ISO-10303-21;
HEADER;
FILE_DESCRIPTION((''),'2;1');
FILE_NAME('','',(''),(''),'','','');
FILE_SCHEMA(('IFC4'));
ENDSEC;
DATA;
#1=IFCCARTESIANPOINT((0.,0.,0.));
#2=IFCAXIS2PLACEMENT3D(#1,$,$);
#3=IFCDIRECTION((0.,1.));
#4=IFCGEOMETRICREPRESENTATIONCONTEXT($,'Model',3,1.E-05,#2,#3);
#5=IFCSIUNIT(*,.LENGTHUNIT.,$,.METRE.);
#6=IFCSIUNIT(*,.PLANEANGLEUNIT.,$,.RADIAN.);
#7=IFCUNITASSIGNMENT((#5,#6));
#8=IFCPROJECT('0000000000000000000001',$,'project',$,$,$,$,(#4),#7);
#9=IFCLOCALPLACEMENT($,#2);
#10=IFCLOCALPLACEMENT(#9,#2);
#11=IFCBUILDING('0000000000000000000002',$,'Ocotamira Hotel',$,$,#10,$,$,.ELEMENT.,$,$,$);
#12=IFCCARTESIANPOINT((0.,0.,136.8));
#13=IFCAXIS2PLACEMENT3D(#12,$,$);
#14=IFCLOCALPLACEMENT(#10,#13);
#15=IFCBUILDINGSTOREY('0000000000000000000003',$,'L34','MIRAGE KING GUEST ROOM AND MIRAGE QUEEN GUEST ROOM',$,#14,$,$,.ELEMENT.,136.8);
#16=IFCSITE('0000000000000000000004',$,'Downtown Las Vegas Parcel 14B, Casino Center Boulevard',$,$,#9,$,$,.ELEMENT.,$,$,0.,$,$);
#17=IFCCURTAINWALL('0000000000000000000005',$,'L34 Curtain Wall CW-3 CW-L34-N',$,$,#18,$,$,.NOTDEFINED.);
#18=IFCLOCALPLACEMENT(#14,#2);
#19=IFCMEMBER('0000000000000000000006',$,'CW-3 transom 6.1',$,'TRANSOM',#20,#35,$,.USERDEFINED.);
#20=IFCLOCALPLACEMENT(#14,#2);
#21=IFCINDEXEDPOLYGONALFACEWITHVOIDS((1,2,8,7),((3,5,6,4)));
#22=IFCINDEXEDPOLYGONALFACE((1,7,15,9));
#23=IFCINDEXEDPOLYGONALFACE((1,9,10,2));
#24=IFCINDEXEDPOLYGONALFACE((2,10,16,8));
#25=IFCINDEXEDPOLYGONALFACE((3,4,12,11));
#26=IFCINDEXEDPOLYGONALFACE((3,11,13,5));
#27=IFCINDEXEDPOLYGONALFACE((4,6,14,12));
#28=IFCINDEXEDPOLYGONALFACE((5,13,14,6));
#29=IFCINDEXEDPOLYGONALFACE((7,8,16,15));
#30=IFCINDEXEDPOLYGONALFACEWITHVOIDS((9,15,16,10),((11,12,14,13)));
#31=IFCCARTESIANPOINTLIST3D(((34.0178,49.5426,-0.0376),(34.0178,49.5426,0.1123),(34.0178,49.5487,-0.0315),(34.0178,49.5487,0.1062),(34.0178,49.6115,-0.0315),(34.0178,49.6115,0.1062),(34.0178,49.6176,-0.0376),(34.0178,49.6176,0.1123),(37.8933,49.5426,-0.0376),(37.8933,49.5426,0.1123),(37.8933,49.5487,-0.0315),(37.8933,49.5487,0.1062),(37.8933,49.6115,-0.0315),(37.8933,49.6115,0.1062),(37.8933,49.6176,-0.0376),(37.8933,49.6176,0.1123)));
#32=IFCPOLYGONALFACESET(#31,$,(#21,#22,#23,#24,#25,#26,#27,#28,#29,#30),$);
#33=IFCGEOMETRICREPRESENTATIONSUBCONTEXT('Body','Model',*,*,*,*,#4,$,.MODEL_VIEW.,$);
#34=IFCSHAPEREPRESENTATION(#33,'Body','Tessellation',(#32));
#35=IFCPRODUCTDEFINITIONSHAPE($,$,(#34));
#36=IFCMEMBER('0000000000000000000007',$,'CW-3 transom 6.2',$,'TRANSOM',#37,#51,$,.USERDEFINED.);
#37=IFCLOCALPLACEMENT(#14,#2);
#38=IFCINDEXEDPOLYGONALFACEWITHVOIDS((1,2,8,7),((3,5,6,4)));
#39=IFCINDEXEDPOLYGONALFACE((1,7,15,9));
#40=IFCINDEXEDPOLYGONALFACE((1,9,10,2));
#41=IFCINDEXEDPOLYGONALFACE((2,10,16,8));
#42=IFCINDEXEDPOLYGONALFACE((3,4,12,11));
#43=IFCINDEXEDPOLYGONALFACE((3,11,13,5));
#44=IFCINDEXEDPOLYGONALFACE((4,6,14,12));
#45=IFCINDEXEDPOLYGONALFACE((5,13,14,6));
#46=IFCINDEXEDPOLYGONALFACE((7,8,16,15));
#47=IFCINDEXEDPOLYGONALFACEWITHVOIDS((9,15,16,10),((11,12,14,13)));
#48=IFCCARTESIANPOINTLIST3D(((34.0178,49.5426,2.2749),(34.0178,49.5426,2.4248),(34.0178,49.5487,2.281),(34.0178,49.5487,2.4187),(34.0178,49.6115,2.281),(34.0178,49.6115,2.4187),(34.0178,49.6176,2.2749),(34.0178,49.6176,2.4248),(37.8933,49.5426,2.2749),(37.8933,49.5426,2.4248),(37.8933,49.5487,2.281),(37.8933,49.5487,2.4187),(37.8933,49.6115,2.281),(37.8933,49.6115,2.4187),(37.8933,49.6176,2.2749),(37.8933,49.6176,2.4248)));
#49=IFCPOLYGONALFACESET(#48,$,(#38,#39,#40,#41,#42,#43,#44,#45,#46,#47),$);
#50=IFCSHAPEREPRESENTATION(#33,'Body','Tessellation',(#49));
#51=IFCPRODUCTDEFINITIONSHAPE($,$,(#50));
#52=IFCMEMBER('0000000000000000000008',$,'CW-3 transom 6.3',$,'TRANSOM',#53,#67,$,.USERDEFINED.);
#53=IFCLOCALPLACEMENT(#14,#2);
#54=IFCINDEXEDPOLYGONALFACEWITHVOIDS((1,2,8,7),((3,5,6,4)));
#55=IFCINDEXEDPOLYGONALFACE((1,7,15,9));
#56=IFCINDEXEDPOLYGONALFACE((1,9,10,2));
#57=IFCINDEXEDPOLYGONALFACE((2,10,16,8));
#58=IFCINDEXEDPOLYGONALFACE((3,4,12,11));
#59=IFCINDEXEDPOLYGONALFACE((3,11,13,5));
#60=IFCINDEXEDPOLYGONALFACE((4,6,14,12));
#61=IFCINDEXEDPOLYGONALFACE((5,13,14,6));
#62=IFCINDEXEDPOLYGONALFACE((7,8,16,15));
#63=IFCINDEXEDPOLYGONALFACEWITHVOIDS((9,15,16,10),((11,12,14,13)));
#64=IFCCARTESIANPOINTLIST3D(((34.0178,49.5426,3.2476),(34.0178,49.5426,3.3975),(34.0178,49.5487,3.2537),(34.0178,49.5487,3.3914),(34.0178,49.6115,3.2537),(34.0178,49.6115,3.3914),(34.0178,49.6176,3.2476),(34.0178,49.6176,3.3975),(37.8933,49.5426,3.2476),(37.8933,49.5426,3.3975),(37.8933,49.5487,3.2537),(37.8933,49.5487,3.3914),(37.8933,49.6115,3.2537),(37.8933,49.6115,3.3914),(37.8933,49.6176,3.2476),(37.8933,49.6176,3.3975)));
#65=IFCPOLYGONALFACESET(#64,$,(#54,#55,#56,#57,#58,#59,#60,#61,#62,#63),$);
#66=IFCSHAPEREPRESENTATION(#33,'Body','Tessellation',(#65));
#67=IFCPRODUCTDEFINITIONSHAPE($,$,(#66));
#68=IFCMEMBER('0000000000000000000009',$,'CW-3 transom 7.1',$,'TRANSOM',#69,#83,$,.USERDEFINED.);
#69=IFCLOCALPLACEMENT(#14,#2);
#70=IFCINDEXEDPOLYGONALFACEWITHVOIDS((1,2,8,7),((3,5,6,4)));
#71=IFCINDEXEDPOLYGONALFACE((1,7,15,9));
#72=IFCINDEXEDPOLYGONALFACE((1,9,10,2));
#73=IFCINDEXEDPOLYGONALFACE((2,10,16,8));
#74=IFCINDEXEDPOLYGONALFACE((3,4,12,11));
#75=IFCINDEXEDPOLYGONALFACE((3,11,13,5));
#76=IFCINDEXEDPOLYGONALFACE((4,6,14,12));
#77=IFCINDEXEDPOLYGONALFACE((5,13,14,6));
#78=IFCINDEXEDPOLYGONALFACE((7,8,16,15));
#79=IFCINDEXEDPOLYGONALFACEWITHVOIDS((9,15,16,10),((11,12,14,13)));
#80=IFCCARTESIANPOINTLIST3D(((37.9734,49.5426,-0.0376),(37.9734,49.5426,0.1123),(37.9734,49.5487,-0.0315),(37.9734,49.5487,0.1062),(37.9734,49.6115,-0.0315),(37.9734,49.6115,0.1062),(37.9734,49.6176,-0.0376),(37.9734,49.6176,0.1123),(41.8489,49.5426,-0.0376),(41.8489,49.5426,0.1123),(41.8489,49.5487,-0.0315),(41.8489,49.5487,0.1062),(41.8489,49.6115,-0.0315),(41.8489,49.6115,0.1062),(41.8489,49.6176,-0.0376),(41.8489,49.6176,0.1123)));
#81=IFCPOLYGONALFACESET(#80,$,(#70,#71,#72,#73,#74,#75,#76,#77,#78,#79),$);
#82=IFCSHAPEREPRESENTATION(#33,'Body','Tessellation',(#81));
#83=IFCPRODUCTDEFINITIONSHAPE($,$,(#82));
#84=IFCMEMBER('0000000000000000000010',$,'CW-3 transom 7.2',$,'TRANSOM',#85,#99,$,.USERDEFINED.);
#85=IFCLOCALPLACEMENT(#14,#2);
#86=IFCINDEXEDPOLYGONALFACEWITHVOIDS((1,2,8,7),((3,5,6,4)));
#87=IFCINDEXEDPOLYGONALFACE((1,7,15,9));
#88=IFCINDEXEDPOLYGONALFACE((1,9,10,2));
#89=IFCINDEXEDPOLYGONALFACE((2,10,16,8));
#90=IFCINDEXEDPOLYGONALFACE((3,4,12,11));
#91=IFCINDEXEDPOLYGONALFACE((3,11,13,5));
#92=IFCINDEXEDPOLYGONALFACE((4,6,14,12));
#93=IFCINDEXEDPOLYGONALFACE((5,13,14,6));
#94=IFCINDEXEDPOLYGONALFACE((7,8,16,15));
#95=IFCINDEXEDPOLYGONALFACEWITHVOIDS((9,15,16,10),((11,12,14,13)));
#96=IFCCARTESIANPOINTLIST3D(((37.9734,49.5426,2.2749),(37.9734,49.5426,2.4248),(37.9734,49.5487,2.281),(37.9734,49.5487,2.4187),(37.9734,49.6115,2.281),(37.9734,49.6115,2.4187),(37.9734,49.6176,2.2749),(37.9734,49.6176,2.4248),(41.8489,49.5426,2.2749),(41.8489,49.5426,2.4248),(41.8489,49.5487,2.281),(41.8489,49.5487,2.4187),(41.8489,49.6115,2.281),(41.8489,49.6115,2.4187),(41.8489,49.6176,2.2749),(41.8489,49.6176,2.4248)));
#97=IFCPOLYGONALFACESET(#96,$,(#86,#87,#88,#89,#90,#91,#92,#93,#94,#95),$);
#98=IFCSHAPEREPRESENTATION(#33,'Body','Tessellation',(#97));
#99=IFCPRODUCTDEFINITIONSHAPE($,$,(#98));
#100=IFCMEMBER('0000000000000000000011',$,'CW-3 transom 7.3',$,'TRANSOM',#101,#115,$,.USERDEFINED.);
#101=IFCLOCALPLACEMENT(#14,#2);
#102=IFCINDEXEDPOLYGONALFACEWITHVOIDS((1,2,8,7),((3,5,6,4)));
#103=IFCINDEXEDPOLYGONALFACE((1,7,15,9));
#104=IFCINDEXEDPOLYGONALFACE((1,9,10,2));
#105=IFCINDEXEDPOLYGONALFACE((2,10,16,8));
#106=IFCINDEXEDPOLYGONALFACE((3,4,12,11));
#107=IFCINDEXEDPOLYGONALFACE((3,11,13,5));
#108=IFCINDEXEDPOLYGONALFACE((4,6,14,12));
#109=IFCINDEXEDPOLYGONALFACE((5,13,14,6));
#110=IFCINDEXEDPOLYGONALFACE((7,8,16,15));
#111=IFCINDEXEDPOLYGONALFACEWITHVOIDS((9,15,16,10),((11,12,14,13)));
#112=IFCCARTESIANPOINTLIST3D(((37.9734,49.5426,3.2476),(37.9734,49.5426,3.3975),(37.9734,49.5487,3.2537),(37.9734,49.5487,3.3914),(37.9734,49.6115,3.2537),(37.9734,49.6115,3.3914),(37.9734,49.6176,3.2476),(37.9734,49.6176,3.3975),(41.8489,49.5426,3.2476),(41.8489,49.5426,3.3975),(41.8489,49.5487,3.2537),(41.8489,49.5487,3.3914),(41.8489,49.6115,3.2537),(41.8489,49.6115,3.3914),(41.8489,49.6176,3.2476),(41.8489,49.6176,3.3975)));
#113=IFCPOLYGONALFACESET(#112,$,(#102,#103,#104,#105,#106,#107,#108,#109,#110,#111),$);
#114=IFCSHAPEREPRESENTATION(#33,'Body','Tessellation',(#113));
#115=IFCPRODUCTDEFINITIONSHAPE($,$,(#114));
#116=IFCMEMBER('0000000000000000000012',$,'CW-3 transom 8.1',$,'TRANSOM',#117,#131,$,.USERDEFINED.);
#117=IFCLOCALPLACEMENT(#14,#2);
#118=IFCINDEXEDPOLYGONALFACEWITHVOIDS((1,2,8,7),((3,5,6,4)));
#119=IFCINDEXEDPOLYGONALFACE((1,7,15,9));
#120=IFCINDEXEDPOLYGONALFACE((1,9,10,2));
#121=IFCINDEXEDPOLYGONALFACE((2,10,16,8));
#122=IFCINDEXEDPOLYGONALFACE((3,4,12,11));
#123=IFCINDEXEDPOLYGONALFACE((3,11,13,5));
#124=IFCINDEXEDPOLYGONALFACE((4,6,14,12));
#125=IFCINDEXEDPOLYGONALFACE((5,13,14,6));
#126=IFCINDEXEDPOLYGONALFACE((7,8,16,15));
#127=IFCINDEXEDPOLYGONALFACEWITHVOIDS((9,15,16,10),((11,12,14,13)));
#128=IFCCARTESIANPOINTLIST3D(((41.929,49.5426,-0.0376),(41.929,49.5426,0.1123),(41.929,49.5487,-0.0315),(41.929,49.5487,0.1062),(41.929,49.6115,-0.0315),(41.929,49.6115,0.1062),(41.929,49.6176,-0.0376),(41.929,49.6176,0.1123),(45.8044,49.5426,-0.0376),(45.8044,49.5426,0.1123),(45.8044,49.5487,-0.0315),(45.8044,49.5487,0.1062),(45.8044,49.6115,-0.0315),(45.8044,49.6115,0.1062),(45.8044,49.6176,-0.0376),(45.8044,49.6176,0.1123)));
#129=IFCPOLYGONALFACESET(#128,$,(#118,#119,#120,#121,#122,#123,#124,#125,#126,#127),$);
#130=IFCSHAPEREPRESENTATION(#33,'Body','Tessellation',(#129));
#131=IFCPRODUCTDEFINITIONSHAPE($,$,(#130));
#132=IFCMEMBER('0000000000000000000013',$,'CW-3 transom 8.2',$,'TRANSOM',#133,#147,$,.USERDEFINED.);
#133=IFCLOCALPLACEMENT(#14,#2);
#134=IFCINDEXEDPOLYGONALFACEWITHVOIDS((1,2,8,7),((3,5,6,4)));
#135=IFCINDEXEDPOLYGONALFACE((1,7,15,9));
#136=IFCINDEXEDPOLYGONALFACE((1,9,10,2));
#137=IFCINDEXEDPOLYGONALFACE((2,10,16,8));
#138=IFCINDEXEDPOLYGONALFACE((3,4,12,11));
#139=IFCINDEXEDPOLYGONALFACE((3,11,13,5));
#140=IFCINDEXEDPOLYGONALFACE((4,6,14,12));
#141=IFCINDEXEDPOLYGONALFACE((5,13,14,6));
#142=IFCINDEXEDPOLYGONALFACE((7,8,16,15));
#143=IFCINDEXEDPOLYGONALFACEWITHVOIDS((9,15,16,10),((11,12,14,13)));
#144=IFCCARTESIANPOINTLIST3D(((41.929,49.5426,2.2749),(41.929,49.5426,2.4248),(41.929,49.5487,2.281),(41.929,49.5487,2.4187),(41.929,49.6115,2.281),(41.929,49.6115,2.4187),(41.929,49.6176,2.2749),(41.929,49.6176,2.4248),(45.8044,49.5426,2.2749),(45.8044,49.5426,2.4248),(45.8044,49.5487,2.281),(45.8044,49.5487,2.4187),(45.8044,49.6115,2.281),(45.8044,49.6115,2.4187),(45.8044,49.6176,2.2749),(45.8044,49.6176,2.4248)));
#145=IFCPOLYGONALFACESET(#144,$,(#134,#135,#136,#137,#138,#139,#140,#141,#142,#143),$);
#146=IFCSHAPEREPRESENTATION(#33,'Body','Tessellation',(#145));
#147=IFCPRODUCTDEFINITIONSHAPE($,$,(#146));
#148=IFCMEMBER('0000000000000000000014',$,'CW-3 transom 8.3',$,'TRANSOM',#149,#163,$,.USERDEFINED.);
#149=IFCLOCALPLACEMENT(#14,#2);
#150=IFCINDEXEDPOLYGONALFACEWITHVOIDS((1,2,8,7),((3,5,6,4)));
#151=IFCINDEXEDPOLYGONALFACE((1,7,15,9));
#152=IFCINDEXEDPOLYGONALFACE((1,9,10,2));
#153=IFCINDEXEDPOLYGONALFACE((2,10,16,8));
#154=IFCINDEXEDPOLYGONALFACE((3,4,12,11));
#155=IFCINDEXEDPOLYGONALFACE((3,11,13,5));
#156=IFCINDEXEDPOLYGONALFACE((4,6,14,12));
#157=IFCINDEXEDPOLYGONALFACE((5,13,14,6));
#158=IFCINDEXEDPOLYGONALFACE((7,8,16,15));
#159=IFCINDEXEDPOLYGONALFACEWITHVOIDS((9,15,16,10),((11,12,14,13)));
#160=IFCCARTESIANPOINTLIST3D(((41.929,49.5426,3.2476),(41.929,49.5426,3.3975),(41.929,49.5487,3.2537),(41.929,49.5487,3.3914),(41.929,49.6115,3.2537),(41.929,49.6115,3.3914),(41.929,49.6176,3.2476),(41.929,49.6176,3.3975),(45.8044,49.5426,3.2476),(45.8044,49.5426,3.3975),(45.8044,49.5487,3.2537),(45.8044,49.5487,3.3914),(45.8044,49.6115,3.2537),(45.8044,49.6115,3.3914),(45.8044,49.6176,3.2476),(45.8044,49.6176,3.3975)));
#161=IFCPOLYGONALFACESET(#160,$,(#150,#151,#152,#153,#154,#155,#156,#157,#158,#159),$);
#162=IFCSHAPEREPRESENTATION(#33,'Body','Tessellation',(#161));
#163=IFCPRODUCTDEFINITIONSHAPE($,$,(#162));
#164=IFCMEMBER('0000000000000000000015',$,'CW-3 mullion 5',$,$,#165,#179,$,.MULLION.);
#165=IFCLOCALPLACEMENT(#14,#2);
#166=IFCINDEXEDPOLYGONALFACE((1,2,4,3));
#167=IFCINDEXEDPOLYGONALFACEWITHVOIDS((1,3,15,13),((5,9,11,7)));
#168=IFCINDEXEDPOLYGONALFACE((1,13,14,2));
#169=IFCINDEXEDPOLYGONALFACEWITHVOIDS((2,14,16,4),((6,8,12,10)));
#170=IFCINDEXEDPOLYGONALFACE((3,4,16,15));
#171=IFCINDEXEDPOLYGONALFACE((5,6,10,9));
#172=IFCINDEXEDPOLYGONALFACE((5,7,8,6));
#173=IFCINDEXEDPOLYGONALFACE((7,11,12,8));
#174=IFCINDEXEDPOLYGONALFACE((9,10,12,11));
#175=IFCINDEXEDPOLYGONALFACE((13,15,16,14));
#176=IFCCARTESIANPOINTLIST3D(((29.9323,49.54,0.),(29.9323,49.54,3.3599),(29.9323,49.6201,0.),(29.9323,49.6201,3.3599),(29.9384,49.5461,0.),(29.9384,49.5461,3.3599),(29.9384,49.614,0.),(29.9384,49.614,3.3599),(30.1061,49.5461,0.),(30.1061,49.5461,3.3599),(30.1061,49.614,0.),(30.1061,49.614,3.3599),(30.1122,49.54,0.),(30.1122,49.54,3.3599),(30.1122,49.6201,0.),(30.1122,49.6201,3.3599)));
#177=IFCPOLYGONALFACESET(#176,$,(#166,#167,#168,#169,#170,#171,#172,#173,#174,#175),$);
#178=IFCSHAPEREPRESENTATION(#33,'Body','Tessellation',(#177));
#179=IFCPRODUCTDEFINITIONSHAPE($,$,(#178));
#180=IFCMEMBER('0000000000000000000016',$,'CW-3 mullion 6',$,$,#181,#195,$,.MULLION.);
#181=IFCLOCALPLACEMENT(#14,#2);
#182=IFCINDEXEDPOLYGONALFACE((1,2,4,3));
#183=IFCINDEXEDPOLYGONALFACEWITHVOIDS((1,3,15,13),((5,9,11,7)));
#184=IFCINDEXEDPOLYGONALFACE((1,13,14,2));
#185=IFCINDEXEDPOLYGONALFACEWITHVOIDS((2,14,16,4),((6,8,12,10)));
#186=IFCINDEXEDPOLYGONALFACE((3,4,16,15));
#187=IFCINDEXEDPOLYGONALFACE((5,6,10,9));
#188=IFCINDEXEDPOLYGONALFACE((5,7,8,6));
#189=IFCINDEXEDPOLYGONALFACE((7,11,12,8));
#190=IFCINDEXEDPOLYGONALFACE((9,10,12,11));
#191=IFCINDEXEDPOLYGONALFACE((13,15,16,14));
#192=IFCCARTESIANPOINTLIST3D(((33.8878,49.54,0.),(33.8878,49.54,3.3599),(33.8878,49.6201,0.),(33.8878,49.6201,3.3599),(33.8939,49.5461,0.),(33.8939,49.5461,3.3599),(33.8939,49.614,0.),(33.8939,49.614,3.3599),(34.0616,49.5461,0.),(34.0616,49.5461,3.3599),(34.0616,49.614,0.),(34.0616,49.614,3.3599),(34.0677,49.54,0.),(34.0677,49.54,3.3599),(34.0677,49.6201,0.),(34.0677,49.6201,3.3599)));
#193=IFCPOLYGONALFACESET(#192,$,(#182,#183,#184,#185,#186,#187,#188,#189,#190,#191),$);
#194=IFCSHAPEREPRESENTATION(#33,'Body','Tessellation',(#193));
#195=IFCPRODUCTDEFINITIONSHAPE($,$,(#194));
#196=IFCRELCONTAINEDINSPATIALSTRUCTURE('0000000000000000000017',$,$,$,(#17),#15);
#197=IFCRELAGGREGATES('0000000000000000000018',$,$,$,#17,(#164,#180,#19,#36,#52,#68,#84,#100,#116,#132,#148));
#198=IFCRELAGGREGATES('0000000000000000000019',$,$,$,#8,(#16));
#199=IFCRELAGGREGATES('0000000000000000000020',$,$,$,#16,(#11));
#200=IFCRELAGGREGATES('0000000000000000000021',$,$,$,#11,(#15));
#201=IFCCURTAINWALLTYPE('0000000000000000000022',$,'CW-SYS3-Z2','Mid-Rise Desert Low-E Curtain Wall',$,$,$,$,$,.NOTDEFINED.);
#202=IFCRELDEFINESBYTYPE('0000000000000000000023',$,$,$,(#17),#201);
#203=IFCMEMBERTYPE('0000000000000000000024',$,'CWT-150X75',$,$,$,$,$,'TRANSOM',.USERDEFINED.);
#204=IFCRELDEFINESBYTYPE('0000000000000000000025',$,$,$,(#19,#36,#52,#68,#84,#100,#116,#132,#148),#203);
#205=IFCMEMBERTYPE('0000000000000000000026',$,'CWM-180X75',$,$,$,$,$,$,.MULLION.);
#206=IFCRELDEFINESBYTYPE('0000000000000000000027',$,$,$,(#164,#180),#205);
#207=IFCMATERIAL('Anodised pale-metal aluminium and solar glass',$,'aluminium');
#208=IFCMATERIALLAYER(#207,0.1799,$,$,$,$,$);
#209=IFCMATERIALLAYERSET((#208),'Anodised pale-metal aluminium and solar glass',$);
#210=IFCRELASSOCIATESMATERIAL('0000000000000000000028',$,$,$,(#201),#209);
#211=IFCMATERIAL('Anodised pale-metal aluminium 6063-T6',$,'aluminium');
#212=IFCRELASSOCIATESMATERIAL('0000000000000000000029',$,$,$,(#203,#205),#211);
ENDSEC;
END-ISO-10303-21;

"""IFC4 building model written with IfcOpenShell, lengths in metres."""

from ifc_helpers import new_model, si_unit, direction, frame, origin, origin_2d, place, context, subcontext, project, spatial, hollow_rectangle, extrude, source, transform, mapped, material, layer, layer_set, material_profile, profile_set, type_object, element, aggregate, save


model = new_model("IFC4")

# Units and contexts
model_context = context("Model", 3, precision=1e-05, world=origin(), true_north=direction((0.0, 1.0)))
body_context = subcontext(model_context, "Body", "Model", "MODEL_VIEW")
ifc_project = project(units=[si_unit("LENGTHUNIT", "METRE"), si_unit("PLANEANGLEUNIT", "RADIAN")], contexts=[model_context])

# Site, building, storey
site_placement = place(None, origin())
site = spatial("IfcSite", under=ifc_project, at=site_placement, Name="Downtown Las Vegas Parcel 14B, Casino Center Boulevard", CompositionType="ELEMENT", RefElevation=0.0)
building_placement = place(site_placement, origin())
building = spatial("IfcBuilding", under=site, at=building_placement, Name="Ocotamira Hotel", CompositionType="ELEMENT")
storey_placement = place(building_placement, frame((0.0, 0.0, 136.8)))
storey = spatial("IfcBuildingStorey", under=building, at=storey_placement, Name="L34", Description="MIRAGE KING GUEST ROOM AND MIRAGE QUEEN GUEST ROOM", CompositionType="ELEMENT", Elevation=136.8)

# Curtain wall, members
ifc_material_1 = material(Name="Anodised pale-metal aluminium and solar glass", Category="aluminium")
ifc_layer_1 = layer(ifc_material_1, 0.1799)
ifc_layer_set_1 = layer_set([ifc_layer_1], Name="Anodised pale-metal aluminium and solar glass")
curtain_wall_type = type_object("IfcCurtainWallType", Name="CW-SYS3-Z2", Description="Mid-Rise Desert Low-E Curtain Wall", PredefinedType="NOTDEFINED", material=ifc_layer_set_1)
curtain_wall_placement = place(storey_placement, origin())
curtain_wall = element("IfcCurtainWall", 1, at=curtain_wall_placement, inside=storey, type_object=curtain_wall_type, Name="L34 Curtain Wall CW-3 CW-L34-N", PredefinedType="NOTDEFINED")
ifc_material_2 = material(Name="Anodised pale-metal aluminium 6063-T6", Category="aluminium")
ifc_material_profile_1 = material_profile(ifc_material_2, hollow_rectangle(XDim=0.075, YDim=0.1499, WallThickness=0.0061, at=origin_2d()), Name="HSS150X75X6")
ifc_profile_set_1 = profile_set([ifc_material_profile_1], Name="Anodised pale-metal aluminium 6063-T6")
member_type_1 = type_object("IfcMemberType", Name="CWT-150X75", ElementType="TRANSOM", PredefinedType="USERDEFINED", material=ifc_profile_set_1)
shared_shape_1 = source(origin(), body_context, "Body", "SweptSolid", [
    extrude(hollow_rectangle(XDim=0.075, YDim=0.1499, WallThickness=0.0061, at=origin_2d()), origin(), (0.0, 0.0, 1.0), 3.8755),
])
member_1_placement = place(storey_placement, frame((34.0178, 49.5801, 0.0374), z_axis=(1.0, 0.0, 0.0), x_axis=(0.0, 1.0, 0.0)))
member_1 = element("IfcMember", 2, at=member_1_placement, type_object=member_type_1, Name="CW-3 transom 6.1", ObjectType="TRANSOM", PredefinedType="USERDEFINED", context=body_context, shape_type="MappedRepresentation", body=[
    mapped(shared_shape_1, transform((0.0, 0.0, 0.0), scale=1.0)),
])
member_2_placement = place(storey_placement, frame((34.0178, 49.5801, 2.3499), z_axis=(1.0, 0.0, 0.0), x_axis=(0.0, 1.0, 0.0)))
member_2 = element("IfcMember", 3, at=member_2_placement, type_object=member_type_1, Name="CW-3 transom 6.2", ObjectType="TRANSOM", PredefinedType="USERDEFINED", context=body_context, shape_type="MappedRepresentation", body=[
    mapped(shared_shape_1, transform((0.0, 0.0, 0.0), scale=1.0)),
])
member_3_placement = place(storey_placement, frame((34.0178, 49.5801, 3.3225), z_axis=(1.0, 0.0, 0.0), x_axis=(0.0, 1.0, 0.0)))
member_3 = element("IfcMember", 4, at=member_3_placement, type_object=member_type_1, Name="CW-3 transom 6.3", ObjectType="TRANSOM", PredefinedType="USERDEFINED", context=body_context, shape_type="MappedRepresentation", body=[
    mapped(shared_shape_1, transform((0.0, 0.0, 0.0), scale=1.0)),
])
member_4_placement = place(storey_placement, frame((37.9734, 49.5801, 0.0374), z_axis=(1.0, 0.0, 0.0), x_axis=(0.0, 1.0, 0.0)))
member_4 = element("IfcMember", 5, at=member_4_placement, type_object=member_type_1, Name="CW-3 transom 7.1", ObjectType="TRANSOM", PredefinedType="USERDEFINED", context=body_context, shape_type="MappedRepresentation", body=[
    mapped(shared_shape_1, transform((0.0, 0.0, 0.0), scale=1.0)),
])
member_5_placement = place(storey_placement, frame((37.9734, 49.5801, 2.3499), z_axis=(1.0, 0.0, 0.0), x_axis=(0.0, 1.0, 0.0)))
member_5 = element("IfcMember", 6, at=member_5_placement, type_object=member_type_1, Name="CW-3 transom 7.2", ObjectType="TRANSOM", PredefinedType="USERDEFINED", context=body_context, shape_type="MappedRepresentation", body=[
    mapped(shared_shape_1, transform((0.0, 0.0, 0.0), scale=1.0)),
])
member_6_placement = place(storey_placement, frame((37.9734, 49.5801, 3.3225), z_axis=(1.0, 0.0, 0.0), x_axis=(0.0, 1.0, 0.0)))
member_6 = element("IfcMember", 7, at=member_6_placement, type_object=member_type_1, Name="CW-3 transom 7.3", ObjectType="TRANSOM", PredefinedType="USERDEFINED", context=body_context, shape_type="MappedRepresentation", body=[
    mapped(shared_shape_1, transform((0.0, 0.0, 0.0), scale=1.0)),
])
member_7_placement = place(storey_placement, frame((41.929, 49.5801, 0.0374), z_axis=(1.0, 0.0, 0.0), x_axis=(0.0, 1.0, 0.0)))
member_7 = element("IfcMember", 8, at=member_7_placement, type_object=member_type_1, Name="CW-3 transom 8.1", ObjectType="TRANSOM", PredefinedType="USERDEFINED", context=body_context, shape_type="MappedRepresentation", body=[
    mapped(shared_shape_1, transform((0.0, 0.0, 0.0), scale=1.0)),
])
member_8_placement = place(storey_placement, frame((41.929, 49.5801, 2.3499), z_axis=(1.0, 0.0, 0.0), x_axis=(0.0, 1.0, 0.0)))
member_8 = element("IfcMember", 9, at=member_8_placement, type_object=member_type_1, Name="CW-3 transom 8.2", ObjectType="TRANSOM", PredefinedType="USERDEFINED", context=body_context, shape_type="MappedRepresentation", body=[
    mapped(shared_shape_1, transform((0.0, 0.0, 0.0), scale=1.0)),
])
member_9_placement = place(storey_placement, frame((41.929, 49.5801, 3.3225), z_axis=(1.0, 0.0, 0.0), x_axis=(0.0, 1.0, 0.0)))
member_9 = element("IfcMember", 10, at=member_9_placement, type_object=member_type_1, Name="CW-3 transom 8.3", ObjectType="TRANSOM", PredefinedType="USERDEFINED", context=body_context, shape_type="MappedRepresentation", body=[
    mapped(shared_shape_1, transform((0.0, 0.0, 0.0), scale=1.0)),
])
ifc_material_profile_2 = material_profile(ifc_material_2, hollow_rectangle(XDim=0.0801, YDim=0.1799, WallThickness=0.0061, at=origin_2d()), Name="HSS180X80X6")
ifc_profile_set_2 = profile_set([ifc_material_profile_2], Name="Anodised pale-metal aluminium 6063-T6")
member_type_2 = type_object("IfcMemberType", Name="CWM-180X75", PredefinedType="MULLION", material=ifc_profile_set_2)
shared_shape_2 = source(origin(), body_context, "Body", "SweptSolid", [
    extrude(hollow_rectangle(XDim=0.0801, YDim=0.1799, WallThickness=0.0061, at=origin_2d()), origin(), (0.0, 0.0, 1.0), 3.3599),
])
member_10_placement = place(storey_placement, frame((30.0222, 49.5801, 0.0), z_axis=(0.0, 0.0, 1.0), x_axis=(0.0, 1.0, 0.0)))
member_10 = element("IfcMember", 11, at=member_10_placement, type_object=member_type_2, Name="CW-3 mullion 5", PredefinedType="MULLION", context=body_context, shape_type="MappedRepresentation", body=[
    mapped(shared_shape_2, transform((0.0, 0.0, 0.0), scale=1.0)),
])
member_11_placement = place(storey_placement, frame((33.9778, 49.5801, 0.0), z_axis=(0.0, 0.0, 1.0), x_axis=(0.0, 1.0, 0.0)))
member_11 = element("IfcMember", 12, at=member_11_placement, type_object=member_type_2, Name="CW-3 mullion 6", PredefinedType="MULLION", context=body_context, shape_type="MappedRepresentation", body=[
    mapped(shared_shape_2, transform((0.0, 0.0, 0.0), scale=1.0)),
])

aggregate(curtain_wall, [member_10, member_11, member_1, member_2, member_3, member_4, member_5, member_6, member_7, member_8, member_9])

save(model, "model.ifc")
